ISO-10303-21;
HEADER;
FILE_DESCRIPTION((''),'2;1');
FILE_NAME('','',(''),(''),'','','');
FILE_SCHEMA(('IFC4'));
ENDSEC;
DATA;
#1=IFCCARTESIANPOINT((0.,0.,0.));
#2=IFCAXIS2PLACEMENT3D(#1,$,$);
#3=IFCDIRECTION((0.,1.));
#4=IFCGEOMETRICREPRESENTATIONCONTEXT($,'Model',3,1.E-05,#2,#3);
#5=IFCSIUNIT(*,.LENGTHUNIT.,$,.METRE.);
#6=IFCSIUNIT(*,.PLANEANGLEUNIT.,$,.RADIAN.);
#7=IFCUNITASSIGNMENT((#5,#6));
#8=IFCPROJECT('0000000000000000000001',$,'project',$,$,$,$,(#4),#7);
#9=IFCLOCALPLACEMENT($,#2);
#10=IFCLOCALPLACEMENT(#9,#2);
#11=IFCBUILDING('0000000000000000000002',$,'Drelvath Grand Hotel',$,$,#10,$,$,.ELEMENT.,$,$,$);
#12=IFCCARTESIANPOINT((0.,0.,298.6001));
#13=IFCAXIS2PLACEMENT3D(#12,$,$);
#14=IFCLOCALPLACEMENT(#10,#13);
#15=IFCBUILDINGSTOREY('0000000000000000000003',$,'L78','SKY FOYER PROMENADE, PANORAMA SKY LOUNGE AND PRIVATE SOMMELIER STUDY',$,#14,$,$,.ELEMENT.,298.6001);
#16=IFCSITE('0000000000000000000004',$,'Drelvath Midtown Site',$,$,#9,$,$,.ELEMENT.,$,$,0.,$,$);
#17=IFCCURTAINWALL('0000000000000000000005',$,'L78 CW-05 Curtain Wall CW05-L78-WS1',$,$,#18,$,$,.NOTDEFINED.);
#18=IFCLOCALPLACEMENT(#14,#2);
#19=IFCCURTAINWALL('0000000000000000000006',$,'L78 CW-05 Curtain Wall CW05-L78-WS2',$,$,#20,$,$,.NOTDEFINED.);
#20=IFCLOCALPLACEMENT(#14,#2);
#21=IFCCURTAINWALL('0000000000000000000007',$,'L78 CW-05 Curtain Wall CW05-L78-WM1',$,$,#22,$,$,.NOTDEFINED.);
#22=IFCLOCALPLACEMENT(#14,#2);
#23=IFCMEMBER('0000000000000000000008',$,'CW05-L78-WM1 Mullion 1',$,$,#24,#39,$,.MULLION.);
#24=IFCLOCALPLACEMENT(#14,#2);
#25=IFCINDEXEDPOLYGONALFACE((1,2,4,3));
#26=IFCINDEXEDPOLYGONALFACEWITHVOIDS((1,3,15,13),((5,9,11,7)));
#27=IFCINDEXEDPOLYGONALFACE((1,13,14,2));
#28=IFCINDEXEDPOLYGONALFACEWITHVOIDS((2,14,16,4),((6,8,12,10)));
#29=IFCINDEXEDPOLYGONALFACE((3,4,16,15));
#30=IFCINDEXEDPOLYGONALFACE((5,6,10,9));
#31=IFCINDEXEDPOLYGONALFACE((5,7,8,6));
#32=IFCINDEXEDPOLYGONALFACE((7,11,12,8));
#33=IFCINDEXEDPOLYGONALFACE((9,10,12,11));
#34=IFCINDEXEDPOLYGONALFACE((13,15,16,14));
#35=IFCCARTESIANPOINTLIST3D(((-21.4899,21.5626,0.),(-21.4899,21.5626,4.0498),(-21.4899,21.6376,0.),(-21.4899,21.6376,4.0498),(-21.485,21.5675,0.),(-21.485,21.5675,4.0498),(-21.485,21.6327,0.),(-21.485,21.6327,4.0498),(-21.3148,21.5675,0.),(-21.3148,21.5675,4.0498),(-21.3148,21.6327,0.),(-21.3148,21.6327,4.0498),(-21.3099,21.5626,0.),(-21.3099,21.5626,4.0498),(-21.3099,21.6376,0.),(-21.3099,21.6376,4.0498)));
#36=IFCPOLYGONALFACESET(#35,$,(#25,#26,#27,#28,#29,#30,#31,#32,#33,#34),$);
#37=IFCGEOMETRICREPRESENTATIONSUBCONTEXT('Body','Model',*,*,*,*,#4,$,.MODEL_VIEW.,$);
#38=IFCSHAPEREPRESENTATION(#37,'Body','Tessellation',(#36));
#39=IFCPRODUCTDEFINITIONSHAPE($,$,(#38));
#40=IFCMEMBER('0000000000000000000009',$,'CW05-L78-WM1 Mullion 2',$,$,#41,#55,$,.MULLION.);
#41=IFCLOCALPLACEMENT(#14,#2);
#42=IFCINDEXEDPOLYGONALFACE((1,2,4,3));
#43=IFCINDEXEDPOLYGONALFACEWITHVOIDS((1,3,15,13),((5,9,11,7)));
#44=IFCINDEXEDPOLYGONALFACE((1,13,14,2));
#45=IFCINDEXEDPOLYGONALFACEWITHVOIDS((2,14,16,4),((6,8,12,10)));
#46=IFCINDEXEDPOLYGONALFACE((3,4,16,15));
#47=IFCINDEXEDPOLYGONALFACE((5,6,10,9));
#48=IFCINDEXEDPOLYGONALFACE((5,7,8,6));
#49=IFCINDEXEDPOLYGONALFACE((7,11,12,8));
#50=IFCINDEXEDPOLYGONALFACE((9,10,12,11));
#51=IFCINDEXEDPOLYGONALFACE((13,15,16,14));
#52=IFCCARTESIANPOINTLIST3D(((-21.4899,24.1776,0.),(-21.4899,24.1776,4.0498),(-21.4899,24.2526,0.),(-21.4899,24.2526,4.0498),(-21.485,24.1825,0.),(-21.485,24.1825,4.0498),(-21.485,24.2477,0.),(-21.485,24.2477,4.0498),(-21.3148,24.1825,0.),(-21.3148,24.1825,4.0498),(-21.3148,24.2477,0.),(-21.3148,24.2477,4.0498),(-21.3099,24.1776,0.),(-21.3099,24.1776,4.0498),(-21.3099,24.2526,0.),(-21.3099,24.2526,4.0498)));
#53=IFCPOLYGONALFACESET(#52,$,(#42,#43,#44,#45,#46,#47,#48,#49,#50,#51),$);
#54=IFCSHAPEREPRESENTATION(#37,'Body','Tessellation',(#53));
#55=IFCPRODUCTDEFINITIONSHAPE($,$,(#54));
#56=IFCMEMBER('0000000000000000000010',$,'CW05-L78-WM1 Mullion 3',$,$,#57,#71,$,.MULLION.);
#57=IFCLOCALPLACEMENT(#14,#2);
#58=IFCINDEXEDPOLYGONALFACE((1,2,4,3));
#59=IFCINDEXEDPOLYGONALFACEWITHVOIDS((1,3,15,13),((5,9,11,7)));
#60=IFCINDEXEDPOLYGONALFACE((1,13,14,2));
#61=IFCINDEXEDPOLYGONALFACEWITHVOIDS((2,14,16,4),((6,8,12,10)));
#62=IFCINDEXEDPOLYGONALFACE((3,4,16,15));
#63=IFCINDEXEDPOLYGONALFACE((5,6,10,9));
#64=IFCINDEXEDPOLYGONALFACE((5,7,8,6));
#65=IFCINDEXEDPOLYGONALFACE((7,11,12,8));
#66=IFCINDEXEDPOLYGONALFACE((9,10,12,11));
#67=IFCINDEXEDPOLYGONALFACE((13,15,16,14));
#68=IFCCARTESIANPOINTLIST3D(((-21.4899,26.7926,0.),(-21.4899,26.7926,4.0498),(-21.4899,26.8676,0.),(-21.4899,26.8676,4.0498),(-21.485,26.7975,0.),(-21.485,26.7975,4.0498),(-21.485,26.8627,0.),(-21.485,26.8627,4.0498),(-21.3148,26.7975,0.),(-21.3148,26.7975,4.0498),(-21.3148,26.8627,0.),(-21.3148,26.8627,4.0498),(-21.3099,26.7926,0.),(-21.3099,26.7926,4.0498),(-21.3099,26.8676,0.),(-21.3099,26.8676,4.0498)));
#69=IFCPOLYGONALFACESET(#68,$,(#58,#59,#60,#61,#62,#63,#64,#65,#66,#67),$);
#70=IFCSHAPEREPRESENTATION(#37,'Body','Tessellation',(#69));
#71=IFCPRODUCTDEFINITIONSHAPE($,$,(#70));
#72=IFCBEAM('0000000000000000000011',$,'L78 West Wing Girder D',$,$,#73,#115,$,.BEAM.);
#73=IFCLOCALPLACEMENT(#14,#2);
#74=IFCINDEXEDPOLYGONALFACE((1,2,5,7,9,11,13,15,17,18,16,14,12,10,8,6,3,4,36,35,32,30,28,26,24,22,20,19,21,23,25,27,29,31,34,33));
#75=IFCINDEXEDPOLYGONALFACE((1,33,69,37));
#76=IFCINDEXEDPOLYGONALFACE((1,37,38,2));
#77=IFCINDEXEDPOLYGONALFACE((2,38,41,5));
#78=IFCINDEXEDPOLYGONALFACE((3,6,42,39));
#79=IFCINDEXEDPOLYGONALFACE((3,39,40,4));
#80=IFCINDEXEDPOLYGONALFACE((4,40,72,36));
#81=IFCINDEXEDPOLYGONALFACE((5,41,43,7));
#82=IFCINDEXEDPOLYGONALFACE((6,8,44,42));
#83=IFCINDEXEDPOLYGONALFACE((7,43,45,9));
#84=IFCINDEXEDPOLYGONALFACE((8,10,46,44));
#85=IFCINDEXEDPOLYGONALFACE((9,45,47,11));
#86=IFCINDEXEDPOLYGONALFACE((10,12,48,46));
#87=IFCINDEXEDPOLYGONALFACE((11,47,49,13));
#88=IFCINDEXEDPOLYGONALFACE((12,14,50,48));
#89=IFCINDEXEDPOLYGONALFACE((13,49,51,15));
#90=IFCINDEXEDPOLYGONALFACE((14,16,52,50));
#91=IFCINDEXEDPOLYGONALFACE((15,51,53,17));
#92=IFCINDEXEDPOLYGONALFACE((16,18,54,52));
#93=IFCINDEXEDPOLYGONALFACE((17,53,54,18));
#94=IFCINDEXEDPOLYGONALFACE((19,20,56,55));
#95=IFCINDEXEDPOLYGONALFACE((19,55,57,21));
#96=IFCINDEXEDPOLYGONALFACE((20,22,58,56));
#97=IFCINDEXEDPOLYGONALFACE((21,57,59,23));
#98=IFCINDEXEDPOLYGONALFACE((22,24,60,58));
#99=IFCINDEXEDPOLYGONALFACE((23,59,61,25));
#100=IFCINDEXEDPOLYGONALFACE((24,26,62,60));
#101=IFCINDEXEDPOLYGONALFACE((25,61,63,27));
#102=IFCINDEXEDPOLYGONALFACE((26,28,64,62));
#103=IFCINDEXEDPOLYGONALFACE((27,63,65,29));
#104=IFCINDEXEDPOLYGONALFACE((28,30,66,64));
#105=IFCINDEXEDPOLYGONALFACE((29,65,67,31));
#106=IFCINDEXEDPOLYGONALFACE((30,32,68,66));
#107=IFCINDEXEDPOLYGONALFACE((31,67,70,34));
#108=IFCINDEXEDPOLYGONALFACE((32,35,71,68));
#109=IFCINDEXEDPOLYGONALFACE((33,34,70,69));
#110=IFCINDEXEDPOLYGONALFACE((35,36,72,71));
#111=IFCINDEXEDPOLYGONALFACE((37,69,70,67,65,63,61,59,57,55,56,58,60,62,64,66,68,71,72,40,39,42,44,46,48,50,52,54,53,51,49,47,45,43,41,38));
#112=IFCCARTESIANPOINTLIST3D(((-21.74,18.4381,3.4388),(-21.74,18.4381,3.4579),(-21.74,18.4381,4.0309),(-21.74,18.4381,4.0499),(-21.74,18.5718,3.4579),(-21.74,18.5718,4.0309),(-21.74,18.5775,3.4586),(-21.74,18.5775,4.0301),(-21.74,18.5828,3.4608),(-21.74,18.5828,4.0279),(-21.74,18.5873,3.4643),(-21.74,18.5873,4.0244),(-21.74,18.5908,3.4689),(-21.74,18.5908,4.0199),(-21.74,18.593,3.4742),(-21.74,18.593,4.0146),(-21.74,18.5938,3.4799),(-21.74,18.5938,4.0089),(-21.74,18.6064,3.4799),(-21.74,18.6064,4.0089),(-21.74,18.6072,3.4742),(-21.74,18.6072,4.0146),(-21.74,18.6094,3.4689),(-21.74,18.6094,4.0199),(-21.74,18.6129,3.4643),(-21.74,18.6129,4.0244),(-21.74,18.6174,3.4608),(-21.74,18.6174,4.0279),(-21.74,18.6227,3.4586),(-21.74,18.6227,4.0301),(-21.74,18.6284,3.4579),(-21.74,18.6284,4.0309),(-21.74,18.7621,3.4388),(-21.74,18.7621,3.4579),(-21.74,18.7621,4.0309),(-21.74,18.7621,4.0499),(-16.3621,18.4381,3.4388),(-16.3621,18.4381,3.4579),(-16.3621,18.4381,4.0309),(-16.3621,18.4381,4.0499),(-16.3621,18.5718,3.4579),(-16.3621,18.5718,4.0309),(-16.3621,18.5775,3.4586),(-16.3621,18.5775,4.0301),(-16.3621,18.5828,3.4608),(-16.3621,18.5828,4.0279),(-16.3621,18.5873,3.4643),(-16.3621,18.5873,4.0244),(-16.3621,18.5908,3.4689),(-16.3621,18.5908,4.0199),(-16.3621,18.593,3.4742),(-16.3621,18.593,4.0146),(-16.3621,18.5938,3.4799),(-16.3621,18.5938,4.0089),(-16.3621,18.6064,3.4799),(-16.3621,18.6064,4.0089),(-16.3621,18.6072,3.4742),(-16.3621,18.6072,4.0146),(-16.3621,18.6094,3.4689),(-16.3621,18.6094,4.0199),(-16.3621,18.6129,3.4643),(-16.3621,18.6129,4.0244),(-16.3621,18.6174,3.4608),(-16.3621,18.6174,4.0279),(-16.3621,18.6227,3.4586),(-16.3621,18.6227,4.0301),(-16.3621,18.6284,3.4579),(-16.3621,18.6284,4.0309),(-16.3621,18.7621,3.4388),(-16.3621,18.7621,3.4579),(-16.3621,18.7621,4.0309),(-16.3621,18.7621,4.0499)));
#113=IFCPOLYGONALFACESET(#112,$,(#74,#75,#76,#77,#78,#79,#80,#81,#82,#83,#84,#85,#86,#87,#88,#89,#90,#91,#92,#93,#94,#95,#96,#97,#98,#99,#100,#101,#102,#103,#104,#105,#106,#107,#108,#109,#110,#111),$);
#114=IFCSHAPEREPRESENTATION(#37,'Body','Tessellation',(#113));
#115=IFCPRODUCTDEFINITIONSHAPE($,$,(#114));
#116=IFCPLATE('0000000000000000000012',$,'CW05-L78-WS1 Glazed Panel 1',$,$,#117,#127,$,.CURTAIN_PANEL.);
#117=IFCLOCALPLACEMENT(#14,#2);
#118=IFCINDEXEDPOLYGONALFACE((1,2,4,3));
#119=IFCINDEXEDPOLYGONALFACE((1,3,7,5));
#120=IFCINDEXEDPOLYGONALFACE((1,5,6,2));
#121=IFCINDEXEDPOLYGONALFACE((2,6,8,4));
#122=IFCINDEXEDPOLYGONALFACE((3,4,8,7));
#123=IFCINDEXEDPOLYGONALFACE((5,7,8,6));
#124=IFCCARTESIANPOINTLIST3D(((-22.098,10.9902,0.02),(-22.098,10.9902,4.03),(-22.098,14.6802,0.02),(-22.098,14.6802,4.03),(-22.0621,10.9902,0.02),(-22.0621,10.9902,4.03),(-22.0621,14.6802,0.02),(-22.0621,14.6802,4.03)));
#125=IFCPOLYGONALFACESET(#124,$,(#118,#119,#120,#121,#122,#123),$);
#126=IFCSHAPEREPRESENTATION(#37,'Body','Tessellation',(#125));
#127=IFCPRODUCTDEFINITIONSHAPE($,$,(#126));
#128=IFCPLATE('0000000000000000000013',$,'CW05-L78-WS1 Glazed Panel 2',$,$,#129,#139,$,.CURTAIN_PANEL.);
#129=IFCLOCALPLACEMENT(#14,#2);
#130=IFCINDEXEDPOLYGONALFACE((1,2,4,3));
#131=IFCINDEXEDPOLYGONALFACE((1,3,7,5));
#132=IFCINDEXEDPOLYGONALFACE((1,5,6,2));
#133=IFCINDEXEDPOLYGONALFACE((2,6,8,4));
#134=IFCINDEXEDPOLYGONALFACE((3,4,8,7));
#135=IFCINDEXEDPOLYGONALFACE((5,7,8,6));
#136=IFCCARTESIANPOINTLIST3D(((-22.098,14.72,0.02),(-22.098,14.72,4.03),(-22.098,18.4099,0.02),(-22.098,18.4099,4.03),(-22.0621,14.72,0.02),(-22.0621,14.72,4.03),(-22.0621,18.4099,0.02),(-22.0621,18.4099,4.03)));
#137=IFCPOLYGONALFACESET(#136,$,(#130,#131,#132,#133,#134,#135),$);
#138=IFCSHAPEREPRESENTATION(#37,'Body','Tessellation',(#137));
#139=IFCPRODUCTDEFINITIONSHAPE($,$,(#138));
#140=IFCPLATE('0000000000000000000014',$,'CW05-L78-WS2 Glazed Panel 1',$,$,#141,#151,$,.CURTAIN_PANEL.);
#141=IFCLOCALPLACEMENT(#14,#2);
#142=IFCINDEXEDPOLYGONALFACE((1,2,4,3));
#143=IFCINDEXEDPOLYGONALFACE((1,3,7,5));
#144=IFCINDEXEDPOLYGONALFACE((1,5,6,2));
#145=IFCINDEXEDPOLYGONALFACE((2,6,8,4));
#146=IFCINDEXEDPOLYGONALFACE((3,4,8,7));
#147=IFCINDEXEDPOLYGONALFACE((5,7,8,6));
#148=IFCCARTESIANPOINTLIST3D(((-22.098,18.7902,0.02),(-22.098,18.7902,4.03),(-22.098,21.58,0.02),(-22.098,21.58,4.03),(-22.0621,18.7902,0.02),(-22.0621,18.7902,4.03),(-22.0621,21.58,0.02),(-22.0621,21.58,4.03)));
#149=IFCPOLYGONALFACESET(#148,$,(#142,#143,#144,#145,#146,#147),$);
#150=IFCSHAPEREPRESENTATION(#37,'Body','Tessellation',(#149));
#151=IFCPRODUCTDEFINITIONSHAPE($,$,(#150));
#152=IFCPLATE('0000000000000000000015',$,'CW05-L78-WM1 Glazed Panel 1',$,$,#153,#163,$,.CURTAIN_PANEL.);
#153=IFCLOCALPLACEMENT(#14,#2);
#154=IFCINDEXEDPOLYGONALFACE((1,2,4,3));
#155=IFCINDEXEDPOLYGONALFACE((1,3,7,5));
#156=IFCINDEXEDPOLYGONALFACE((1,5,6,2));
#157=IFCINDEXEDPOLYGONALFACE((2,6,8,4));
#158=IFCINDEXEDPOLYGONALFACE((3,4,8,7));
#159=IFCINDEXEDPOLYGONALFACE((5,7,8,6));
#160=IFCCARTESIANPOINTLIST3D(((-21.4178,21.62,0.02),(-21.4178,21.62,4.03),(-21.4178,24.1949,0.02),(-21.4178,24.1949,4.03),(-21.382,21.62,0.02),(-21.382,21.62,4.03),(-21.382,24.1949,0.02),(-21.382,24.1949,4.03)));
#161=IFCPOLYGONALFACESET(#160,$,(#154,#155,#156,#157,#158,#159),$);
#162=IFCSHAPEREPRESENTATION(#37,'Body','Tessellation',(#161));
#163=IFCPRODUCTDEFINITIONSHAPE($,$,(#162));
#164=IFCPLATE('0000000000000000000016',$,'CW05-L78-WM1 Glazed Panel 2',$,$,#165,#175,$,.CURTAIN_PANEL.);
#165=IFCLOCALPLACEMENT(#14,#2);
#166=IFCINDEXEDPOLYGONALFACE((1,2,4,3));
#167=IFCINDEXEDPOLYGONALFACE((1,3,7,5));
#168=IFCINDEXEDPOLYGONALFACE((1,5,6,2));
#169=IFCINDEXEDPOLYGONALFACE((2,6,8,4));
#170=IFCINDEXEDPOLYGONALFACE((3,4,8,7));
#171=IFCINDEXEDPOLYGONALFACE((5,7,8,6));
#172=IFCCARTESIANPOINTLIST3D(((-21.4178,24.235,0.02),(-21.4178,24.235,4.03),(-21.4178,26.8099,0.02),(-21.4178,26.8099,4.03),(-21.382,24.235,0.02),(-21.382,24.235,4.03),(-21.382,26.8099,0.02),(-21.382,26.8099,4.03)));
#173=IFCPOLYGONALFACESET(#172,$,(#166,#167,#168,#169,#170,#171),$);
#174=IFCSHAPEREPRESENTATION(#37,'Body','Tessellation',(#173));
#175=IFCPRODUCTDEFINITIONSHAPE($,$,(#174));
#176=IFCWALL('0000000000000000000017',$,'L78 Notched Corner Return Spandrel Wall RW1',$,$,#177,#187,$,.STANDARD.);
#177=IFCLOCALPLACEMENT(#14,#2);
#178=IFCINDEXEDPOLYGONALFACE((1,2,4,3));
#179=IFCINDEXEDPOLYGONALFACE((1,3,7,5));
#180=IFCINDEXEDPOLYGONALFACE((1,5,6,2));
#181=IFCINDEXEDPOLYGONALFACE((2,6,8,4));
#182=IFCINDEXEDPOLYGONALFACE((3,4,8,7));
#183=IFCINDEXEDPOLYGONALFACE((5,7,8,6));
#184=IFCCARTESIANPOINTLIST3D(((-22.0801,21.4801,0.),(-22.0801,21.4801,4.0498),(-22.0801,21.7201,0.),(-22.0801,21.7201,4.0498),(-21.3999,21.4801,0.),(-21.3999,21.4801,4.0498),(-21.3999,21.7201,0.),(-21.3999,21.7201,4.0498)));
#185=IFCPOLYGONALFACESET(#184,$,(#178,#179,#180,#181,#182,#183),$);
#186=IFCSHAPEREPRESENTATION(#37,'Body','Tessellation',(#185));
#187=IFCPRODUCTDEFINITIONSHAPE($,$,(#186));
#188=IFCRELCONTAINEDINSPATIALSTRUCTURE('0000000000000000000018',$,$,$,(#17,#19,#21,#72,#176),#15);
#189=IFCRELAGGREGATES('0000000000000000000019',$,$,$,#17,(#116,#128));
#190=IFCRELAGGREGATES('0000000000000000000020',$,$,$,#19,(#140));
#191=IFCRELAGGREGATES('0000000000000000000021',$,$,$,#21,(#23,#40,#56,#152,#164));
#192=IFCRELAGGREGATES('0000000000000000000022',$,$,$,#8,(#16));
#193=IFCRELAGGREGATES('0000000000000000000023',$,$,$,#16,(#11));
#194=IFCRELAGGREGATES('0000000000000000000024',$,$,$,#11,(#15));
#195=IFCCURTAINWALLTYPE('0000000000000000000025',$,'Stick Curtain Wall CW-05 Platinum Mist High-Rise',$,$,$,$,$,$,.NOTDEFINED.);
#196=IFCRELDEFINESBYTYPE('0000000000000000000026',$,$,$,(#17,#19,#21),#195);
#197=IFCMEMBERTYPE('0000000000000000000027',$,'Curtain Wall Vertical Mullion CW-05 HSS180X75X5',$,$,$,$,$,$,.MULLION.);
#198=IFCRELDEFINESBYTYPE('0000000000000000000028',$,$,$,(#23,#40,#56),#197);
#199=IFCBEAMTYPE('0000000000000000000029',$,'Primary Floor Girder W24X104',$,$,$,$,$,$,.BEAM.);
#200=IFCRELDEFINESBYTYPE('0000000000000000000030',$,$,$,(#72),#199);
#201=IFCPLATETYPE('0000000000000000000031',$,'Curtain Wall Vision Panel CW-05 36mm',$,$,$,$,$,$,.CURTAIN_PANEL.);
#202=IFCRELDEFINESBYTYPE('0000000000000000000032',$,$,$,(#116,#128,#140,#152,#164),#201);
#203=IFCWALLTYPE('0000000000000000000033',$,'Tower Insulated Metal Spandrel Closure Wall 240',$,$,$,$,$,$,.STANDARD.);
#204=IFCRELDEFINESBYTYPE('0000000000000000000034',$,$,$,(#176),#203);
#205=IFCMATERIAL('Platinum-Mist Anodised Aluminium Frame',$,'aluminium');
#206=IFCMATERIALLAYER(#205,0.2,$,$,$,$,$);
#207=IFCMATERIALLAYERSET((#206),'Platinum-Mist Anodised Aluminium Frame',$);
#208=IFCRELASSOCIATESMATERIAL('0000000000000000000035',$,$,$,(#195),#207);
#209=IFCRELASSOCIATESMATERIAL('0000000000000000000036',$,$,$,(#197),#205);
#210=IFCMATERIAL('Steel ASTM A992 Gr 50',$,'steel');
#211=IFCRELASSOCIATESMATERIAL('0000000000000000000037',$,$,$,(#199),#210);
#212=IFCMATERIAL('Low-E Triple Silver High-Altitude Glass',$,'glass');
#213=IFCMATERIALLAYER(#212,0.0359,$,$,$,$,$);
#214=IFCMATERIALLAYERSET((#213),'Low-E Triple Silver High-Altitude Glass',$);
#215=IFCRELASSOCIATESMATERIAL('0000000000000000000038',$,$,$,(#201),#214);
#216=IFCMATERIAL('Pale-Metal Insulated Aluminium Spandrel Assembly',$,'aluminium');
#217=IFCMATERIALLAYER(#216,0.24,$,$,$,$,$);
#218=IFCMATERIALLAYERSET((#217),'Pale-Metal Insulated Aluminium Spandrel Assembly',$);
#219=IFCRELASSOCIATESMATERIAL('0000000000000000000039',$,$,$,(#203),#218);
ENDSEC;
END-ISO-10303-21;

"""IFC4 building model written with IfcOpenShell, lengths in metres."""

from ifc_helpers import new_model, si_unit, direction, frame, frame_2d, origin, origin_2d, place, context, subcontext, project, spatial, rectangle, hollow_rectangle, i_section, extrude, material, layer, layer_set, material_profile, profile_set, type_object, element, aggregate, save


model = new_model("IFC4")

# Units and contexts
model_context = context("Model", 3, precision=1e-05, world=origin(), true_north=direction((0.0, 1.0)))
body_context = subcontext(model_context, "Body", "Model", "MODEL_VIEW")
ifc_project = project(units=[si_unit("LENGTHUNIT", "METRE"), si_unit("PLANEANGLEUNIT", "RADIAN")], contexts=[model_context])

# Site, building, storey
site_placement = place(None, origin())
site = spatial("IfcSite", under=ifc_project, at=site_placement, Name="Drelvath Midtown Site", CompositionType="ELEMENT", RefElevation=0.0)
building_placement = place(site_placement, origin())
building = spatial("IfcBuilding", under=site, at=building_placement, Name="Drelvath Grand Hotel", CompositionType="ELEMENT")
storey_placement = place(building_placement, frame((0.0, 0.0, 298.6001)))
storey = spatial("IfcBuildingStorey", under=building, at=storey_placement, Name="L78", Description="SKY FOYER PROMENADE, PANORAMA SKY LOUNGE AND PRIVATE SOMMELIER STUDY", CompositionType="ELEMENT", Elevation=298.6001)

# Curtain walls
ifc_material_1 = material(Name="Platinum-Mist Anodised Aluminium Frame", Category="aluminium")
ifc_layer_1 = layer(ifc_material_1, 0.2)
ifc_layer_set_1 = layer_set([ifc_layer_1], Name="Platinum-Mist Anodised Aluminium Frame")
curtain_wall_type = type_object("IfcCurtainWallType", Name="Stick Curtain Wall CW-05 Platinum Mist High-Rise", PredefinedType="NOTDEFINED", material=ifc_layer_set_1)
curtain_wall_1_placement = place(storey_placement, origin())
curtain_wall_1 = element("IfcCurtainWall", 1, at=curtain_wall_1_placement, inside=storey, type_object=curtain_wall_type, Name="L78 CW-05 Curtain Wall CW05-L78-WS1", PredefinedType="NOTDEFINED")
curtain_wall_2_placement = place(storey_placement, origin())
curtain_wall_2 = element("IfcCurtainWall", 2, at=curtain_wall_2_placement, inside=storey, type_object=curtain_wall_type, Name="L78 CW-05 Curtain Wall CW05-L78-WS2", PredefinedType="NOTDEFINED")
curtain_wall_3_placement = place(storey_placement, origin())
curtain_wall_3 = element("IfcCurtainWall", 3, at=curtain_wall_3_placement, inside=storey, type_object=curtain_wall_type, Name="L78 CW-05 Curtain Wall CW05-L78-WM1", PredefinedType="NOTDEFINED")

# Members
ifc_material_profile_1 = material_profile(ifc_material_1, hollow_rectangle(XDim=0.075, YDim=0.1799, WallThickness=0.0049, at=origin_2d()), Name="HSS180X75X5")
ifc_profile_set_1 = profile_set([ifc_material_profile_1], Name="Platinum-Mist Anodised Aluminium Frame")
member_type_1 = type_object("IfcMemberType", Name="Curtain Wall Vertical Mullion CW-05 HSS180X75X5", PredefinedType="MULLION", material=ifc_profile_set_1)
member_1_placement = place(storey_placement, frame((-21.3999, 21.6001, 0.0), z_axis=(0.0, 0.0, 1.0), x_axis=(0.0, 1.0, 0.0)))
member_1 = element("IfcMember", 4, at=member_1_placement, type_object=member_type_1, Name="CW05-L78-WM1 Mullion 1", PredefinedType="MULLION", context=body_context, shape_type="SweptSolid", body=[
    extrude(hollow_rectangle(XDim=0.075, YDim=0.1799, WallThickness=0.0049, at=origin_2d()), origin(), (0.0, 0.0, 1.0), 4.0498),
])
member_2_placement = place(storey_placement, frame((-21.3999, 24.2151, 0.0), z_axis=(0.0, 0.0, 1.0), x_axis=(0.0, 1.0, 0.0)))
member_2 = element("IfcMember", 5, at=member_2_placement, type_object=member_type_1, Name="CW05-L78-WM1 Mullion 2", PredefinedType="MULLION", context=body_context, shape_type="SweptSolid", body=[
    extrude(hollow_rectangle(XDim=0.075, YDim=0.1799, WallThickness=0.0049, at=origin_2d()), origin(), (0.0, 0.0, 1.0), 4.0498),
])
member_3_placement = place(storey_placement, frame((-21.3999, 26.8301, 0.0), z_axis=(0.0, 0.0, 1.0), x_axis=(0.0, 1.0, 0.0)))
member_3 = element("IfcMember", 6, at=member_3_placement, type_object=member_type_1, Name="CW05-L78-WM1 Mullion 3", PredefinedType="MULLION", context=body_context, shape_type="SweptSolid", body=[
    extrude(hollow_rectangle(XDim=0.075, YDim=0.1799, WallThickness=0.0049, at=origin_2d()), origin(), (0.0, 0.0, 1.0), 4.0498),
])

# Beam
ifc_material_2 = material(Name="Steel ASTM A992 Gr 50", Category="steel")
ifc_material_profile_2 = material_profile(ifc_material_2, i_section(OverallWidth=0.324, OverallDepth=0.6111, WebThickness=0.0127, FlangeThickness=0.019, FilletRadius=0.022, at=origin_2d()), Name="W24X104")
ifc_profile_set_2 = profile_set([ifc_material_profile_2], Name="Steel ASTM A992 Gr 50")
beam_type = type_object("IfcBeamType", Name="Primary Floor Girder W24X104", PredefinedType="BEAM", material=ifc_profile_set_2)
beam_placement = place(storey_placement, frame((-21.74, 18.6001, 3.7444), z_axis=(1.0, 0.0, 0.0), x_axis=(0.0, 1.0, 0.0)))
element("IfcBeam", 7, at=beam_placement, inside=storey, type_object=beam_type, Name="L78 West Wing Girder D", PredefinedType="BEAM", context=body_context, shape_type="SweptSolid", body=[
    extrude(i_section(OverallWidth=0.324, OverallDepth=0.6111, WebThickness=0.0127, FlangeThickness=0.019, FilletRadius=0.022, at=origin_2d()), origin(), (0.0, 0.0, 1.0), 5.3779),
])

# Plates
ifc_material_3 = material(Name="Low-E Triple Silver High-Altitude Glass", Category="glass")
ifc_layer_2 = layer(ifc_material_3, 0.0359)
ifc_layer_set_2 = layer_set([ifc_layer_2], Name="Low-E Triple Silver High-Altitude Glass")
plate_type = type_object("IfcPlateType", Name="Curtain Wall Vision Panel CW-05 36mm", PredefinedType="CURTAIN_PANEL", material=ifc_layer_set_2)
plate_1_placement = place(storey_placement, frame((-22.0801, 12.8352, 0.02), z_axis=(0.0, 0.0, 1.0), x_axis=(0.0, 1.0, 0.0)))
plate_1 = element("IfcPlate", 8, at=plate_1_placement, type_object=plate_type, Name="CW05-L78-WS1 Glazed Panel 1", PredefinedType="CURTAIN_PANEL", context=body_context, shape_type="SweptSolid", body=[
    extrude(rectangle(XDim=3.6899, YDim=0.0359, at=origin_2d()), origin(), (0.0, 0.0, 1.0), 4.01),
])
plate_2_placement = place(storey_placement, frame((-22.0801, 16.5649, 0.02), z_axis=(0.0, 0.0, 1.0), x_axis=(0.0, 1.0, 0.0)))
plate_2 = element("IfcPlate", 9, at=plate_2_placement, type_object=plate_type, Name="CW05-L78-WS1 Glazed Panel 2", PredefinedType="CURTAIN_PANEL", context=body_context, shape_type="SweptSolid", body=[
    extrude(rectangle(XDim=3.6899, YDim=0.0359, at=origin_2d()), origin(), (0.0, 0.0, 1.0), 4.01),
])
aggregate(curtain_wall_1, [plate_1, plate_2])
plate_3_placement = place(storey_placement, frame((-22.0801, 20.1851, 0.02), z_axis=(0.0, 0.0, 1.0), x_axis=(0.0, 1.0, 0.0)))
plate_3 = element("IfcPlate", 10, at=plate_3_placement, type_object=plate_type, Name="CW05-L78-WS2 Glazed Panel 1", PredefinedType="CURTAIN_PANEL", context=body_context, shape_type="SweptSolid", body=[
    extrude(rectangle(XDim=2.7898, YDim=0.0359, at=origin_2d()), origin(), (0.0, 0.0, 1.0), 4.01),
])
aggregate(curtain_wall_2, [plate_3])
plate_4_placement = place(storey_placement, frame((-21.3999, 22.9075, 0.02), z_axis=(0.0, 0.0, 1.0), x_axis=(0.0, 1.0, 0.0)))
plate_4 = element("IfcPlate", 11, at=plate_4_placement, type_object=plate_type, Name="CW05-L78-WM1 Glazed Panel 1", PredefinedType="CURTAIN_PANEL", context=body_context, shape_type="SweptSolid", body=[
    extrude(rectangle(XDim=2.575, YDim=0.0359, at=origin_2d()), origin(), (0.0, 0.0, 1.0), 4.01),
])
plate_5_placement = place(storey_placement, frame((-21.3999, 25.5225, 0.02), z_axis=(0.0, 0.0, 1.0), x_axis=(0.0, 1.0, 0.0)))
plate_5 = element("IfcPlate", 12, at=plate_5_placement, type_object=plate_type, Name="CW05-L78-WM1 Glazed Panel 2", PredefinedType="CURTAIN_PANEL", context=body_context, shape_type="SweptSolid", body=[
    extrude(rectangle(XDim=2.575, YDim=0.0359, at=origin_2d()), origin(), (0.0, 0.0, 1.0), 4.01),
])
aggregate(curtain_wall_3, [member_1, member_2, member_3, plate_4, plate_5])

# Wall
ifc_material_4 = material(Name="Pale-Metal Insulated Aluminium Spandrel Assembly", Category="aluminium")
ifc_layer_3 = layer(ifc_material_4, 0.24)
ifc_layer_set_3 = layer_set([ifc_layer_3], Name="Pale-Metal Insulated Aluminium Spandrel Assembly")
wall_type = type_object("IfcWallType", Name="Tower Insulated Metal Spandrel Closure Wall 240", PredefinedType="STANDARD", material=ifc_layer_set_3)
wall_placement = place(storey_placement, frame((-22.0801, 21.6001, 0.0), z_axis=(0.0, 0.0, 1.0), x_axis=(1.0, 0.0, 0.0)))
element("IfcWall", 13, at=wall_placement, inside=storey, type_object=wall_type, Name="L78 Notched Corner Return Spandrel Wall RW1", PredefinedType="STANDARD", context=body_context, shape_type="SweptSolid", body=[
    extrude(rectangle(XDim=0.6802, YDim=0.24, at=frame_2d((0.3401, 0.0))), origin(), (0.0, 0.0, 1.0), 4.0498),
])

save(model, "model.ifc")
